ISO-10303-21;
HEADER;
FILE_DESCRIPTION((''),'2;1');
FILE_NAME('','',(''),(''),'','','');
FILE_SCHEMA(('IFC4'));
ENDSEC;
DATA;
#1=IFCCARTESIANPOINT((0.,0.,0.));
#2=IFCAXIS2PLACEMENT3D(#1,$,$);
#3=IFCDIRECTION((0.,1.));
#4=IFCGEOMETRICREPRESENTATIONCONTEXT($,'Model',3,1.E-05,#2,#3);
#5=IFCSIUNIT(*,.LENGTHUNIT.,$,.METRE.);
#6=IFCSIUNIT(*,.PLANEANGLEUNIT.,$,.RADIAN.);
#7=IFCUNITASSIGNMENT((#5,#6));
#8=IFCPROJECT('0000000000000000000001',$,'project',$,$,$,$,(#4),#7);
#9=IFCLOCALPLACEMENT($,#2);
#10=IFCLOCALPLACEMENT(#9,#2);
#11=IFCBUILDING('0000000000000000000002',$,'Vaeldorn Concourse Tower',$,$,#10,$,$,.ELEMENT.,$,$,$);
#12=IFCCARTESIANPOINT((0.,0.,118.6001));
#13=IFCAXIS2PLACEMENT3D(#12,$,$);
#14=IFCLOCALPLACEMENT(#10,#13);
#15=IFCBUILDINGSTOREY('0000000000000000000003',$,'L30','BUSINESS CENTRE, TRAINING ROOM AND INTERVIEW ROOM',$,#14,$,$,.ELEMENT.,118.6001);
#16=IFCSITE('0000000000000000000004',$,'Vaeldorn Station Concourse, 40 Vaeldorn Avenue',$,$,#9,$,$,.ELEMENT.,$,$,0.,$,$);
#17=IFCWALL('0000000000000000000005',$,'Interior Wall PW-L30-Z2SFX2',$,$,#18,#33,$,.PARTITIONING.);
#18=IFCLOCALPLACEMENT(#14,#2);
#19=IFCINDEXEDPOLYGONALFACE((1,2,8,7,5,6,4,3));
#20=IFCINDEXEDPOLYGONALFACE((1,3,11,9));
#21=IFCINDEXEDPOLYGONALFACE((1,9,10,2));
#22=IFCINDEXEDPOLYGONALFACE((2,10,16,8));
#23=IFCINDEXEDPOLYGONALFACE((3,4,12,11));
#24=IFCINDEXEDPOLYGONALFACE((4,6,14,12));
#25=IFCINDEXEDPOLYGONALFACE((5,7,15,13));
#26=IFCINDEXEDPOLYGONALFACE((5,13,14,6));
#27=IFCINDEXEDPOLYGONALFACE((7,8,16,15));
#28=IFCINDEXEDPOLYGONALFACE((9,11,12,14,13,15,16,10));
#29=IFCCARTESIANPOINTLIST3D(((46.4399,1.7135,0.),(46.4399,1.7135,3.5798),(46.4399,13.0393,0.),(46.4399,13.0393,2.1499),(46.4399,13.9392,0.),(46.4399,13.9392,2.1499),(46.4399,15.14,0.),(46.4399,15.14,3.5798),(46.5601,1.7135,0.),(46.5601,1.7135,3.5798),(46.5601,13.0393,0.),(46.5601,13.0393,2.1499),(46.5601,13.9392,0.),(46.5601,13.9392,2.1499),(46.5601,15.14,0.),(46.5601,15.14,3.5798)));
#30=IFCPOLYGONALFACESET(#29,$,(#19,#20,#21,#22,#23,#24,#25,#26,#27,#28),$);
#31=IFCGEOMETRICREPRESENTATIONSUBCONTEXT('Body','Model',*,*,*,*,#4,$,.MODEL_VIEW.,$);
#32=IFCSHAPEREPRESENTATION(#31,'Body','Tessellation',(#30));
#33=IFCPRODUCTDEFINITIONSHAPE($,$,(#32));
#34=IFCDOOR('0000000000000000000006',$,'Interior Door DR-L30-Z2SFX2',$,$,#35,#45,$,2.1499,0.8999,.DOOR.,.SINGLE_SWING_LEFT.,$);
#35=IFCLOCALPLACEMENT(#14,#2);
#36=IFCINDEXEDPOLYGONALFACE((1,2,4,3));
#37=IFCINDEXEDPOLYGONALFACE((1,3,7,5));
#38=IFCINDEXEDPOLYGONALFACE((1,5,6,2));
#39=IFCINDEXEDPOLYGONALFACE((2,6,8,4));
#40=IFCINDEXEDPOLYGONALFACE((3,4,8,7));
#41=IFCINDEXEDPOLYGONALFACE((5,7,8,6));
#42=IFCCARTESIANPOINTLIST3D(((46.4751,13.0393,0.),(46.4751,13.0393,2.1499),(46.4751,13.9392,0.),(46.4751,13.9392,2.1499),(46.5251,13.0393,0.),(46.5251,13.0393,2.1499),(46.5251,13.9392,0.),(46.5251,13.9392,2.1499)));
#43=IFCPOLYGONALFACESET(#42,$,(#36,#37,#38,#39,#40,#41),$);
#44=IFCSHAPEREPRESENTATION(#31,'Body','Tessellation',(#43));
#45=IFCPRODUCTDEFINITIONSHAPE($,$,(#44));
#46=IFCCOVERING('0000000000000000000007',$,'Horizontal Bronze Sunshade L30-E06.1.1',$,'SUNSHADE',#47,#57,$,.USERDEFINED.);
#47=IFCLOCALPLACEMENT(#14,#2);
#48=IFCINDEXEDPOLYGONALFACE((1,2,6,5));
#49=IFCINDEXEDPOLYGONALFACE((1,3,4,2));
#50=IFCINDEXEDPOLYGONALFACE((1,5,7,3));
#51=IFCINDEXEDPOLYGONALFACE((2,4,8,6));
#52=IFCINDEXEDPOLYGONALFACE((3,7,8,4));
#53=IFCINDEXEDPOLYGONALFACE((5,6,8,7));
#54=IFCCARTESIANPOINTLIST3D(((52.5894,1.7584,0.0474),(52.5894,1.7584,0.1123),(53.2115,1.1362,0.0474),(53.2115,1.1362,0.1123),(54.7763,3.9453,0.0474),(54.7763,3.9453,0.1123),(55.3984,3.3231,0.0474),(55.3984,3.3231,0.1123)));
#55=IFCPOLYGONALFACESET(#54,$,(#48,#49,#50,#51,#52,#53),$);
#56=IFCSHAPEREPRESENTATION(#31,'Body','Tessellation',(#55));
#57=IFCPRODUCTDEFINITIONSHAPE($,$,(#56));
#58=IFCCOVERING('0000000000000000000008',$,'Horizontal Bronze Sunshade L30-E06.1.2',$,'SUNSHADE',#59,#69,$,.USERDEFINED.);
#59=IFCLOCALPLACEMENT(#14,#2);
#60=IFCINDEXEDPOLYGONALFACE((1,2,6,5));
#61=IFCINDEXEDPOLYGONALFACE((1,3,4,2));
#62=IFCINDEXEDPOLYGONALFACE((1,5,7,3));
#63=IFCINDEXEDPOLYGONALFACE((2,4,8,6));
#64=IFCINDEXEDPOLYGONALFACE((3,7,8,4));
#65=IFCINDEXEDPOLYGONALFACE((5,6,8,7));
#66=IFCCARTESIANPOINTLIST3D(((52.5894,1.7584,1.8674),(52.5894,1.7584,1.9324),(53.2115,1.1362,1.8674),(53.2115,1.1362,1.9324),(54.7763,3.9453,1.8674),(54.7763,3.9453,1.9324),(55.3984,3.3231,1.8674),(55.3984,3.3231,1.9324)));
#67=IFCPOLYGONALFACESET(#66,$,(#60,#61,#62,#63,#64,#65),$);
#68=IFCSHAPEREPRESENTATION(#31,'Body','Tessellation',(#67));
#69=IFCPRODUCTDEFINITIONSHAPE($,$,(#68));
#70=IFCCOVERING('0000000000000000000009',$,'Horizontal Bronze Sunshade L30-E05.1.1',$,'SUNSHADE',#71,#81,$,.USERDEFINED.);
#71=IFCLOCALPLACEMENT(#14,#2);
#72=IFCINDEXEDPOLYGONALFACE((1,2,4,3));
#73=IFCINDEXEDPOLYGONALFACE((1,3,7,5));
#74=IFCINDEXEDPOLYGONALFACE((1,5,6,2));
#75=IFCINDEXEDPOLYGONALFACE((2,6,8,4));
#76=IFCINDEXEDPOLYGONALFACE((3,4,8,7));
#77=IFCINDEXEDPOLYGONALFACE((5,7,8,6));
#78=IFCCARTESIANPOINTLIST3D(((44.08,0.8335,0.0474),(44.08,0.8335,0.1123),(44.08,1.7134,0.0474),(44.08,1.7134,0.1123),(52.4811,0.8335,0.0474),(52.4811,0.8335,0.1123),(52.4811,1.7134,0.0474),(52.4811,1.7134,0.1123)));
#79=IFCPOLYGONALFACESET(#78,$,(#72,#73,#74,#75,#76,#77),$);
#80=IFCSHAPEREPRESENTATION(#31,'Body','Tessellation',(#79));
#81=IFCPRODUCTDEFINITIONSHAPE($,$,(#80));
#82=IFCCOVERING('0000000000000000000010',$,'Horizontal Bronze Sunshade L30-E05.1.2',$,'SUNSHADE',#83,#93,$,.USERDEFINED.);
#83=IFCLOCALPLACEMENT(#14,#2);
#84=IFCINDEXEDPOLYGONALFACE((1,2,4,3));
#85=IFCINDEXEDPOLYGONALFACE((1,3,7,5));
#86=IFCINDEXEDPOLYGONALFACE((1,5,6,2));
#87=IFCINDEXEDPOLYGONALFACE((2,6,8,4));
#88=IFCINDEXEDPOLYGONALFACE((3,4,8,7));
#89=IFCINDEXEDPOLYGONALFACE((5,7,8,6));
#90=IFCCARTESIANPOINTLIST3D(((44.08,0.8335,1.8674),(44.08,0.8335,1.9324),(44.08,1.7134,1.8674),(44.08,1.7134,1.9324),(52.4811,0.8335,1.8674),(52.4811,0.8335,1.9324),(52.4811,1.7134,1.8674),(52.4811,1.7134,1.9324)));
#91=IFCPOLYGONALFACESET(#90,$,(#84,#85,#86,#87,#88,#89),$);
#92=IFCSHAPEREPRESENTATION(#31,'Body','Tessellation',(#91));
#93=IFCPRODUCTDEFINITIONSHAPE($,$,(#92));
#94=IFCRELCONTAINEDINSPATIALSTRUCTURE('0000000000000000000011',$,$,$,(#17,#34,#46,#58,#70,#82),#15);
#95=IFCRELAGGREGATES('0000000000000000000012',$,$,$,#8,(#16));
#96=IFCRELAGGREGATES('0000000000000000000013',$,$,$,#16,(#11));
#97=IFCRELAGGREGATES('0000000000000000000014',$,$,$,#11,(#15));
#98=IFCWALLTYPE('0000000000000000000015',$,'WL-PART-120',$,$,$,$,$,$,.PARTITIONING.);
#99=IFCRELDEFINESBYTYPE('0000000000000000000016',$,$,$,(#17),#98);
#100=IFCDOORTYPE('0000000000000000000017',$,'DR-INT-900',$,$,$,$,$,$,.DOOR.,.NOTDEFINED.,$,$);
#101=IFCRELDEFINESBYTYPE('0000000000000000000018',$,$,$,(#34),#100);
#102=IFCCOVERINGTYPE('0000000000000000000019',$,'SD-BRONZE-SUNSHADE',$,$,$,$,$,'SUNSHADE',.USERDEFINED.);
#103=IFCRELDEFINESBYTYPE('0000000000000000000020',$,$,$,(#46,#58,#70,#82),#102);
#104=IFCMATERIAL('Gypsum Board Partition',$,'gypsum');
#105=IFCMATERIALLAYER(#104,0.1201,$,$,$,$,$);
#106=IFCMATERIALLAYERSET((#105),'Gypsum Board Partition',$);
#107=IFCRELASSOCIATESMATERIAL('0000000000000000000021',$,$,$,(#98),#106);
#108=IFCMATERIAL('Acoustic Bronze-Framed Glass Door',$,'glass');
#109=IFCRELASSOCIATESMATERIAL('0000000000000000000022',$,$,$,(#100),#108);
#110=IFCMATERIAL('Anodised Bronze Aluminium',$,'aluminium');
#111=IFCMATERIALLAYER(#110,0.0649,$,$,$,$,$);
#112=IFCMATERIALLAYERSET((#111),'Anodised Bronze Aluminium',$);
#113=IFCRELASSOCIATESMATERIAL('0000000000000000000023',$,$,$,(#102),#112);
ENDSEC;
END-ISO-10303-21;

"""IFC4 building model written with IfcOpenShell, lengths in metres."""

from ifc_helpers import new_model, si_unit, direction, frame, frame_2d, origin, origin_2d, place, context, subcontext, project, spatial, rectangle, extrude, source, transform, mapped, material, layer, layer_set, type_object, element, fill, save


model = new_model("IFC4")

# Units and contexts
model_context = context("Model", 3, precision=1e-05, world=origin(), true_north=direction((0.0, 1.0)))
body_context = subcontext(model_context, "Body", "Model", "MODEL_VIEW")
ifc_project = project(units=[si_unit("LENGTHUNIT", "METRE"), si_unit("PLANEANGLEUNIT", "RADIAN")], contexts=[model_context])

# Site, building, storey
site_placement = place(None, origin())
site = spatial("IfcSite", under=ifc_project, at=site_placement, Name="Vaeldorn Station Concourse, 40 Vaeldorn Avenue", CompositionType="ELEMENT", RefElevation=0.0)
building_placement = place(site_placement, origin())
building = spatial("IfcBuilding", under=site, at=building_placement, Name="Vaeldorn Concourse Tower", CompositionType="ELEMENT")
storey_placement = place(building_placement, frame((0.0, 0.0, 118.6001)))
storey = spatial("IfcBuildingStorey", under=building, at=storey_placement, Name="L30", Description="BUSINESS CENTRE, TRAINING ROOM AND INTERVIEW ROOM", CompositionType="ELEMENT", Elevation=118.6001)

# Shared definitions
ifc_material_1 = material(Name="Anodised Bronze Aluminium", Category="aluminium")

# Wall, opening, door
ifc_material_2 = material(Name="Gypsum Board Partition", Category="gypsum")
ifc_layer_1 = layer(ifc_material_2, 0.1201)
ifc_layer_set_1 = layer_set([ifc_layer_1], Name="Gypsum Board Partition")
wall_type = type_object("IfcWallType", Name="WL-PART-120", PredefinedType="PARTITIONING", material=ifc_layer_set_1)
wall_placement = place(storey_placement, frame((46.5, 1.7134, 0.0), z_axis=(0.0, 0.0, 1.0), x_axis=(0.0, 1.0, 0.0)))
wall = element("IfcWall", 1, at=wall_placement, inside=storey, type_object=wall_type, Name="Interior Wall PW-L30-Z2SFX2", PredefinedType="PARTITIONING", context=body_context, shape_type="SweptSolid", body=[
    extrude(rectangle(XDim=13.4265, YDim=0.1201, at=frame_2d((6.7134, 0.0))), origin(), (0.0, 0.0, 1.0), 3.5798),
])
opening_placement = place(wall_placement, frame((11.3259, 0.0, 0.0)))
opening = element("IfcOpeningElement", 2, at=opening_placement, cuts=wall, PredefinedType="OPENING", context=body_context, shape_type="SweptSolid", body=[
    extrude(rectangle(XDim=0.8999, YDim=2.1499, at=frame_2d((0.45, 1.075))), frame((0.0, 0.0701, 0.0), z_axis=(0.0, -1.0, 0.0), x_axis=(1.0, 0.0, 0.0)), (0.0, 0.0, 1.0), 0.1401),
])
ifc_material_3 = material(Name="Acoustic Bronze-Framed Glass Door", Category="glass")
door_type = type_object("IfcDoorType", Name="DR-INT-900", OperationType="NOTDEFINED", PredefinedType="DOOR", material=ifc_material_3)
shared_shape_1 = source(origin(), body_context, "Body", "SweptSolid", [
    extrude(rectangle(XDim=0.8999, YDim=2.1499, at=frame_2d((0.45, 1.075))), frame((0.0, 0.0249, 0.0), z_axis=(0.0, -1.0, 0.0), x_axis=(1.0, 0.0, 0.0)), (0.0, 0.0, 1.0), 0.05),
])
door_placement = place(opening_placement, origin())
door = element("IfcDoor", 3, at=door_placement, inside=storey, type_object=door_type, Name="Interior Door DR-L30-Z2SFX2", OperationType="SINGLE_SWING_LEFT", OverallHeight=2.1499, OverallWidth=0.8999, PredefinedType="DOOR", context=body_context, shape_type="MappedRepresentation", body=[
    mapped(shared_shape_1, transform((0.0, 0.0, 0.0), scale=1.0)),
])
fill(opening, door)

# Coverings
ifc_layer_2 = layer(ifc_material_1, 0.0649)
ifc_layer_set_2 = layer_set([ifc_layer_2], Name="Anodised Bronze Aluminium")
covering_type = type_object("IfcCoveringType", Name="SD-BRONZE-SUNSHADE", ElementType="SUNSHADE", PredefinedType="USERDEFINED", material=ifc_layer_set_2)
shared_shape_2 = source(origin(), body_context, "Body", "SweptSolid", [
    extrude(rectangle(XDim=3.0928, YDim=0.8799, at=origin_2d()), origin(), (0.0, 0.0, 1.0), 0.0649),
])
for number, where, z_axis, x_axis, name in (
    (4, (53.9939, 2.5408, 0.0474), (0.0, 0.0, 1.0), (0.707107, 0.707107, 0.0), "Horizontal Bronze Sunshade L30-E06.1.1"),
    (5, (53.9939, 2.5408, 1.8674), (0.0, 0.0, 1.0), (0.707107, 0.707107, 0.0), "Horizontal Bronze Sunshade L30-E06.1.2"),
):
    element("IfcCovering", number, at=place(storey_placement, frame(where, z_axis=z_axis, x_axis=x_axis)), inside=storey, type_object=covering_type, Name=name, ObjectType="SUNSHADE", PredefinedType="USERDEFINED", context=body_context, shape_type="MappedRepresentation", body=[
        mapped(shared_shape_2, transform((0.0, 0.0, 0.0), scale=1.0)),
    ])
shared_shape_3 = source(origin(), body_context, "Body", "SweptSolid", [
    extrude(rectangle(XDim=8.4011, YDim=0.8799, at=origin_2d()), origin(), (0.0, 0.0, 1.0), 0.0649),
])
for number, where, z_axis, x_axis, name in (
    (6, (48.2805, 1.2734, 0.0474), (0.0, 0.0, 1.0), (1.0, 0.0, 0.0), "Horizontal Bronze Sunshade L30-E05.1.1"),
    (7, (48.2805, 1.2734, 1.8674), (0.0, 0.0, 1.0), (1.0, 0.0, 0.0), "Horizontal Bronze Sunshade L30-E05.1.2"),
):
    element("IfcCovering", number, at=place(storey_placement, frame(where, z_axis=z_axis, x_axis=x_axis)), inside=storey, type_object=covering_type, Name=name, ObjectType="SUNSHADE", PredefinedType="USERDEFINED", context=body_context, shape_type="MappedRepresentation", body=[
        mapped(shared_shape_3, transform((0.0, 0.0, 0.0), scale=1.0)),
    ])

save(model, "model.ifc")
